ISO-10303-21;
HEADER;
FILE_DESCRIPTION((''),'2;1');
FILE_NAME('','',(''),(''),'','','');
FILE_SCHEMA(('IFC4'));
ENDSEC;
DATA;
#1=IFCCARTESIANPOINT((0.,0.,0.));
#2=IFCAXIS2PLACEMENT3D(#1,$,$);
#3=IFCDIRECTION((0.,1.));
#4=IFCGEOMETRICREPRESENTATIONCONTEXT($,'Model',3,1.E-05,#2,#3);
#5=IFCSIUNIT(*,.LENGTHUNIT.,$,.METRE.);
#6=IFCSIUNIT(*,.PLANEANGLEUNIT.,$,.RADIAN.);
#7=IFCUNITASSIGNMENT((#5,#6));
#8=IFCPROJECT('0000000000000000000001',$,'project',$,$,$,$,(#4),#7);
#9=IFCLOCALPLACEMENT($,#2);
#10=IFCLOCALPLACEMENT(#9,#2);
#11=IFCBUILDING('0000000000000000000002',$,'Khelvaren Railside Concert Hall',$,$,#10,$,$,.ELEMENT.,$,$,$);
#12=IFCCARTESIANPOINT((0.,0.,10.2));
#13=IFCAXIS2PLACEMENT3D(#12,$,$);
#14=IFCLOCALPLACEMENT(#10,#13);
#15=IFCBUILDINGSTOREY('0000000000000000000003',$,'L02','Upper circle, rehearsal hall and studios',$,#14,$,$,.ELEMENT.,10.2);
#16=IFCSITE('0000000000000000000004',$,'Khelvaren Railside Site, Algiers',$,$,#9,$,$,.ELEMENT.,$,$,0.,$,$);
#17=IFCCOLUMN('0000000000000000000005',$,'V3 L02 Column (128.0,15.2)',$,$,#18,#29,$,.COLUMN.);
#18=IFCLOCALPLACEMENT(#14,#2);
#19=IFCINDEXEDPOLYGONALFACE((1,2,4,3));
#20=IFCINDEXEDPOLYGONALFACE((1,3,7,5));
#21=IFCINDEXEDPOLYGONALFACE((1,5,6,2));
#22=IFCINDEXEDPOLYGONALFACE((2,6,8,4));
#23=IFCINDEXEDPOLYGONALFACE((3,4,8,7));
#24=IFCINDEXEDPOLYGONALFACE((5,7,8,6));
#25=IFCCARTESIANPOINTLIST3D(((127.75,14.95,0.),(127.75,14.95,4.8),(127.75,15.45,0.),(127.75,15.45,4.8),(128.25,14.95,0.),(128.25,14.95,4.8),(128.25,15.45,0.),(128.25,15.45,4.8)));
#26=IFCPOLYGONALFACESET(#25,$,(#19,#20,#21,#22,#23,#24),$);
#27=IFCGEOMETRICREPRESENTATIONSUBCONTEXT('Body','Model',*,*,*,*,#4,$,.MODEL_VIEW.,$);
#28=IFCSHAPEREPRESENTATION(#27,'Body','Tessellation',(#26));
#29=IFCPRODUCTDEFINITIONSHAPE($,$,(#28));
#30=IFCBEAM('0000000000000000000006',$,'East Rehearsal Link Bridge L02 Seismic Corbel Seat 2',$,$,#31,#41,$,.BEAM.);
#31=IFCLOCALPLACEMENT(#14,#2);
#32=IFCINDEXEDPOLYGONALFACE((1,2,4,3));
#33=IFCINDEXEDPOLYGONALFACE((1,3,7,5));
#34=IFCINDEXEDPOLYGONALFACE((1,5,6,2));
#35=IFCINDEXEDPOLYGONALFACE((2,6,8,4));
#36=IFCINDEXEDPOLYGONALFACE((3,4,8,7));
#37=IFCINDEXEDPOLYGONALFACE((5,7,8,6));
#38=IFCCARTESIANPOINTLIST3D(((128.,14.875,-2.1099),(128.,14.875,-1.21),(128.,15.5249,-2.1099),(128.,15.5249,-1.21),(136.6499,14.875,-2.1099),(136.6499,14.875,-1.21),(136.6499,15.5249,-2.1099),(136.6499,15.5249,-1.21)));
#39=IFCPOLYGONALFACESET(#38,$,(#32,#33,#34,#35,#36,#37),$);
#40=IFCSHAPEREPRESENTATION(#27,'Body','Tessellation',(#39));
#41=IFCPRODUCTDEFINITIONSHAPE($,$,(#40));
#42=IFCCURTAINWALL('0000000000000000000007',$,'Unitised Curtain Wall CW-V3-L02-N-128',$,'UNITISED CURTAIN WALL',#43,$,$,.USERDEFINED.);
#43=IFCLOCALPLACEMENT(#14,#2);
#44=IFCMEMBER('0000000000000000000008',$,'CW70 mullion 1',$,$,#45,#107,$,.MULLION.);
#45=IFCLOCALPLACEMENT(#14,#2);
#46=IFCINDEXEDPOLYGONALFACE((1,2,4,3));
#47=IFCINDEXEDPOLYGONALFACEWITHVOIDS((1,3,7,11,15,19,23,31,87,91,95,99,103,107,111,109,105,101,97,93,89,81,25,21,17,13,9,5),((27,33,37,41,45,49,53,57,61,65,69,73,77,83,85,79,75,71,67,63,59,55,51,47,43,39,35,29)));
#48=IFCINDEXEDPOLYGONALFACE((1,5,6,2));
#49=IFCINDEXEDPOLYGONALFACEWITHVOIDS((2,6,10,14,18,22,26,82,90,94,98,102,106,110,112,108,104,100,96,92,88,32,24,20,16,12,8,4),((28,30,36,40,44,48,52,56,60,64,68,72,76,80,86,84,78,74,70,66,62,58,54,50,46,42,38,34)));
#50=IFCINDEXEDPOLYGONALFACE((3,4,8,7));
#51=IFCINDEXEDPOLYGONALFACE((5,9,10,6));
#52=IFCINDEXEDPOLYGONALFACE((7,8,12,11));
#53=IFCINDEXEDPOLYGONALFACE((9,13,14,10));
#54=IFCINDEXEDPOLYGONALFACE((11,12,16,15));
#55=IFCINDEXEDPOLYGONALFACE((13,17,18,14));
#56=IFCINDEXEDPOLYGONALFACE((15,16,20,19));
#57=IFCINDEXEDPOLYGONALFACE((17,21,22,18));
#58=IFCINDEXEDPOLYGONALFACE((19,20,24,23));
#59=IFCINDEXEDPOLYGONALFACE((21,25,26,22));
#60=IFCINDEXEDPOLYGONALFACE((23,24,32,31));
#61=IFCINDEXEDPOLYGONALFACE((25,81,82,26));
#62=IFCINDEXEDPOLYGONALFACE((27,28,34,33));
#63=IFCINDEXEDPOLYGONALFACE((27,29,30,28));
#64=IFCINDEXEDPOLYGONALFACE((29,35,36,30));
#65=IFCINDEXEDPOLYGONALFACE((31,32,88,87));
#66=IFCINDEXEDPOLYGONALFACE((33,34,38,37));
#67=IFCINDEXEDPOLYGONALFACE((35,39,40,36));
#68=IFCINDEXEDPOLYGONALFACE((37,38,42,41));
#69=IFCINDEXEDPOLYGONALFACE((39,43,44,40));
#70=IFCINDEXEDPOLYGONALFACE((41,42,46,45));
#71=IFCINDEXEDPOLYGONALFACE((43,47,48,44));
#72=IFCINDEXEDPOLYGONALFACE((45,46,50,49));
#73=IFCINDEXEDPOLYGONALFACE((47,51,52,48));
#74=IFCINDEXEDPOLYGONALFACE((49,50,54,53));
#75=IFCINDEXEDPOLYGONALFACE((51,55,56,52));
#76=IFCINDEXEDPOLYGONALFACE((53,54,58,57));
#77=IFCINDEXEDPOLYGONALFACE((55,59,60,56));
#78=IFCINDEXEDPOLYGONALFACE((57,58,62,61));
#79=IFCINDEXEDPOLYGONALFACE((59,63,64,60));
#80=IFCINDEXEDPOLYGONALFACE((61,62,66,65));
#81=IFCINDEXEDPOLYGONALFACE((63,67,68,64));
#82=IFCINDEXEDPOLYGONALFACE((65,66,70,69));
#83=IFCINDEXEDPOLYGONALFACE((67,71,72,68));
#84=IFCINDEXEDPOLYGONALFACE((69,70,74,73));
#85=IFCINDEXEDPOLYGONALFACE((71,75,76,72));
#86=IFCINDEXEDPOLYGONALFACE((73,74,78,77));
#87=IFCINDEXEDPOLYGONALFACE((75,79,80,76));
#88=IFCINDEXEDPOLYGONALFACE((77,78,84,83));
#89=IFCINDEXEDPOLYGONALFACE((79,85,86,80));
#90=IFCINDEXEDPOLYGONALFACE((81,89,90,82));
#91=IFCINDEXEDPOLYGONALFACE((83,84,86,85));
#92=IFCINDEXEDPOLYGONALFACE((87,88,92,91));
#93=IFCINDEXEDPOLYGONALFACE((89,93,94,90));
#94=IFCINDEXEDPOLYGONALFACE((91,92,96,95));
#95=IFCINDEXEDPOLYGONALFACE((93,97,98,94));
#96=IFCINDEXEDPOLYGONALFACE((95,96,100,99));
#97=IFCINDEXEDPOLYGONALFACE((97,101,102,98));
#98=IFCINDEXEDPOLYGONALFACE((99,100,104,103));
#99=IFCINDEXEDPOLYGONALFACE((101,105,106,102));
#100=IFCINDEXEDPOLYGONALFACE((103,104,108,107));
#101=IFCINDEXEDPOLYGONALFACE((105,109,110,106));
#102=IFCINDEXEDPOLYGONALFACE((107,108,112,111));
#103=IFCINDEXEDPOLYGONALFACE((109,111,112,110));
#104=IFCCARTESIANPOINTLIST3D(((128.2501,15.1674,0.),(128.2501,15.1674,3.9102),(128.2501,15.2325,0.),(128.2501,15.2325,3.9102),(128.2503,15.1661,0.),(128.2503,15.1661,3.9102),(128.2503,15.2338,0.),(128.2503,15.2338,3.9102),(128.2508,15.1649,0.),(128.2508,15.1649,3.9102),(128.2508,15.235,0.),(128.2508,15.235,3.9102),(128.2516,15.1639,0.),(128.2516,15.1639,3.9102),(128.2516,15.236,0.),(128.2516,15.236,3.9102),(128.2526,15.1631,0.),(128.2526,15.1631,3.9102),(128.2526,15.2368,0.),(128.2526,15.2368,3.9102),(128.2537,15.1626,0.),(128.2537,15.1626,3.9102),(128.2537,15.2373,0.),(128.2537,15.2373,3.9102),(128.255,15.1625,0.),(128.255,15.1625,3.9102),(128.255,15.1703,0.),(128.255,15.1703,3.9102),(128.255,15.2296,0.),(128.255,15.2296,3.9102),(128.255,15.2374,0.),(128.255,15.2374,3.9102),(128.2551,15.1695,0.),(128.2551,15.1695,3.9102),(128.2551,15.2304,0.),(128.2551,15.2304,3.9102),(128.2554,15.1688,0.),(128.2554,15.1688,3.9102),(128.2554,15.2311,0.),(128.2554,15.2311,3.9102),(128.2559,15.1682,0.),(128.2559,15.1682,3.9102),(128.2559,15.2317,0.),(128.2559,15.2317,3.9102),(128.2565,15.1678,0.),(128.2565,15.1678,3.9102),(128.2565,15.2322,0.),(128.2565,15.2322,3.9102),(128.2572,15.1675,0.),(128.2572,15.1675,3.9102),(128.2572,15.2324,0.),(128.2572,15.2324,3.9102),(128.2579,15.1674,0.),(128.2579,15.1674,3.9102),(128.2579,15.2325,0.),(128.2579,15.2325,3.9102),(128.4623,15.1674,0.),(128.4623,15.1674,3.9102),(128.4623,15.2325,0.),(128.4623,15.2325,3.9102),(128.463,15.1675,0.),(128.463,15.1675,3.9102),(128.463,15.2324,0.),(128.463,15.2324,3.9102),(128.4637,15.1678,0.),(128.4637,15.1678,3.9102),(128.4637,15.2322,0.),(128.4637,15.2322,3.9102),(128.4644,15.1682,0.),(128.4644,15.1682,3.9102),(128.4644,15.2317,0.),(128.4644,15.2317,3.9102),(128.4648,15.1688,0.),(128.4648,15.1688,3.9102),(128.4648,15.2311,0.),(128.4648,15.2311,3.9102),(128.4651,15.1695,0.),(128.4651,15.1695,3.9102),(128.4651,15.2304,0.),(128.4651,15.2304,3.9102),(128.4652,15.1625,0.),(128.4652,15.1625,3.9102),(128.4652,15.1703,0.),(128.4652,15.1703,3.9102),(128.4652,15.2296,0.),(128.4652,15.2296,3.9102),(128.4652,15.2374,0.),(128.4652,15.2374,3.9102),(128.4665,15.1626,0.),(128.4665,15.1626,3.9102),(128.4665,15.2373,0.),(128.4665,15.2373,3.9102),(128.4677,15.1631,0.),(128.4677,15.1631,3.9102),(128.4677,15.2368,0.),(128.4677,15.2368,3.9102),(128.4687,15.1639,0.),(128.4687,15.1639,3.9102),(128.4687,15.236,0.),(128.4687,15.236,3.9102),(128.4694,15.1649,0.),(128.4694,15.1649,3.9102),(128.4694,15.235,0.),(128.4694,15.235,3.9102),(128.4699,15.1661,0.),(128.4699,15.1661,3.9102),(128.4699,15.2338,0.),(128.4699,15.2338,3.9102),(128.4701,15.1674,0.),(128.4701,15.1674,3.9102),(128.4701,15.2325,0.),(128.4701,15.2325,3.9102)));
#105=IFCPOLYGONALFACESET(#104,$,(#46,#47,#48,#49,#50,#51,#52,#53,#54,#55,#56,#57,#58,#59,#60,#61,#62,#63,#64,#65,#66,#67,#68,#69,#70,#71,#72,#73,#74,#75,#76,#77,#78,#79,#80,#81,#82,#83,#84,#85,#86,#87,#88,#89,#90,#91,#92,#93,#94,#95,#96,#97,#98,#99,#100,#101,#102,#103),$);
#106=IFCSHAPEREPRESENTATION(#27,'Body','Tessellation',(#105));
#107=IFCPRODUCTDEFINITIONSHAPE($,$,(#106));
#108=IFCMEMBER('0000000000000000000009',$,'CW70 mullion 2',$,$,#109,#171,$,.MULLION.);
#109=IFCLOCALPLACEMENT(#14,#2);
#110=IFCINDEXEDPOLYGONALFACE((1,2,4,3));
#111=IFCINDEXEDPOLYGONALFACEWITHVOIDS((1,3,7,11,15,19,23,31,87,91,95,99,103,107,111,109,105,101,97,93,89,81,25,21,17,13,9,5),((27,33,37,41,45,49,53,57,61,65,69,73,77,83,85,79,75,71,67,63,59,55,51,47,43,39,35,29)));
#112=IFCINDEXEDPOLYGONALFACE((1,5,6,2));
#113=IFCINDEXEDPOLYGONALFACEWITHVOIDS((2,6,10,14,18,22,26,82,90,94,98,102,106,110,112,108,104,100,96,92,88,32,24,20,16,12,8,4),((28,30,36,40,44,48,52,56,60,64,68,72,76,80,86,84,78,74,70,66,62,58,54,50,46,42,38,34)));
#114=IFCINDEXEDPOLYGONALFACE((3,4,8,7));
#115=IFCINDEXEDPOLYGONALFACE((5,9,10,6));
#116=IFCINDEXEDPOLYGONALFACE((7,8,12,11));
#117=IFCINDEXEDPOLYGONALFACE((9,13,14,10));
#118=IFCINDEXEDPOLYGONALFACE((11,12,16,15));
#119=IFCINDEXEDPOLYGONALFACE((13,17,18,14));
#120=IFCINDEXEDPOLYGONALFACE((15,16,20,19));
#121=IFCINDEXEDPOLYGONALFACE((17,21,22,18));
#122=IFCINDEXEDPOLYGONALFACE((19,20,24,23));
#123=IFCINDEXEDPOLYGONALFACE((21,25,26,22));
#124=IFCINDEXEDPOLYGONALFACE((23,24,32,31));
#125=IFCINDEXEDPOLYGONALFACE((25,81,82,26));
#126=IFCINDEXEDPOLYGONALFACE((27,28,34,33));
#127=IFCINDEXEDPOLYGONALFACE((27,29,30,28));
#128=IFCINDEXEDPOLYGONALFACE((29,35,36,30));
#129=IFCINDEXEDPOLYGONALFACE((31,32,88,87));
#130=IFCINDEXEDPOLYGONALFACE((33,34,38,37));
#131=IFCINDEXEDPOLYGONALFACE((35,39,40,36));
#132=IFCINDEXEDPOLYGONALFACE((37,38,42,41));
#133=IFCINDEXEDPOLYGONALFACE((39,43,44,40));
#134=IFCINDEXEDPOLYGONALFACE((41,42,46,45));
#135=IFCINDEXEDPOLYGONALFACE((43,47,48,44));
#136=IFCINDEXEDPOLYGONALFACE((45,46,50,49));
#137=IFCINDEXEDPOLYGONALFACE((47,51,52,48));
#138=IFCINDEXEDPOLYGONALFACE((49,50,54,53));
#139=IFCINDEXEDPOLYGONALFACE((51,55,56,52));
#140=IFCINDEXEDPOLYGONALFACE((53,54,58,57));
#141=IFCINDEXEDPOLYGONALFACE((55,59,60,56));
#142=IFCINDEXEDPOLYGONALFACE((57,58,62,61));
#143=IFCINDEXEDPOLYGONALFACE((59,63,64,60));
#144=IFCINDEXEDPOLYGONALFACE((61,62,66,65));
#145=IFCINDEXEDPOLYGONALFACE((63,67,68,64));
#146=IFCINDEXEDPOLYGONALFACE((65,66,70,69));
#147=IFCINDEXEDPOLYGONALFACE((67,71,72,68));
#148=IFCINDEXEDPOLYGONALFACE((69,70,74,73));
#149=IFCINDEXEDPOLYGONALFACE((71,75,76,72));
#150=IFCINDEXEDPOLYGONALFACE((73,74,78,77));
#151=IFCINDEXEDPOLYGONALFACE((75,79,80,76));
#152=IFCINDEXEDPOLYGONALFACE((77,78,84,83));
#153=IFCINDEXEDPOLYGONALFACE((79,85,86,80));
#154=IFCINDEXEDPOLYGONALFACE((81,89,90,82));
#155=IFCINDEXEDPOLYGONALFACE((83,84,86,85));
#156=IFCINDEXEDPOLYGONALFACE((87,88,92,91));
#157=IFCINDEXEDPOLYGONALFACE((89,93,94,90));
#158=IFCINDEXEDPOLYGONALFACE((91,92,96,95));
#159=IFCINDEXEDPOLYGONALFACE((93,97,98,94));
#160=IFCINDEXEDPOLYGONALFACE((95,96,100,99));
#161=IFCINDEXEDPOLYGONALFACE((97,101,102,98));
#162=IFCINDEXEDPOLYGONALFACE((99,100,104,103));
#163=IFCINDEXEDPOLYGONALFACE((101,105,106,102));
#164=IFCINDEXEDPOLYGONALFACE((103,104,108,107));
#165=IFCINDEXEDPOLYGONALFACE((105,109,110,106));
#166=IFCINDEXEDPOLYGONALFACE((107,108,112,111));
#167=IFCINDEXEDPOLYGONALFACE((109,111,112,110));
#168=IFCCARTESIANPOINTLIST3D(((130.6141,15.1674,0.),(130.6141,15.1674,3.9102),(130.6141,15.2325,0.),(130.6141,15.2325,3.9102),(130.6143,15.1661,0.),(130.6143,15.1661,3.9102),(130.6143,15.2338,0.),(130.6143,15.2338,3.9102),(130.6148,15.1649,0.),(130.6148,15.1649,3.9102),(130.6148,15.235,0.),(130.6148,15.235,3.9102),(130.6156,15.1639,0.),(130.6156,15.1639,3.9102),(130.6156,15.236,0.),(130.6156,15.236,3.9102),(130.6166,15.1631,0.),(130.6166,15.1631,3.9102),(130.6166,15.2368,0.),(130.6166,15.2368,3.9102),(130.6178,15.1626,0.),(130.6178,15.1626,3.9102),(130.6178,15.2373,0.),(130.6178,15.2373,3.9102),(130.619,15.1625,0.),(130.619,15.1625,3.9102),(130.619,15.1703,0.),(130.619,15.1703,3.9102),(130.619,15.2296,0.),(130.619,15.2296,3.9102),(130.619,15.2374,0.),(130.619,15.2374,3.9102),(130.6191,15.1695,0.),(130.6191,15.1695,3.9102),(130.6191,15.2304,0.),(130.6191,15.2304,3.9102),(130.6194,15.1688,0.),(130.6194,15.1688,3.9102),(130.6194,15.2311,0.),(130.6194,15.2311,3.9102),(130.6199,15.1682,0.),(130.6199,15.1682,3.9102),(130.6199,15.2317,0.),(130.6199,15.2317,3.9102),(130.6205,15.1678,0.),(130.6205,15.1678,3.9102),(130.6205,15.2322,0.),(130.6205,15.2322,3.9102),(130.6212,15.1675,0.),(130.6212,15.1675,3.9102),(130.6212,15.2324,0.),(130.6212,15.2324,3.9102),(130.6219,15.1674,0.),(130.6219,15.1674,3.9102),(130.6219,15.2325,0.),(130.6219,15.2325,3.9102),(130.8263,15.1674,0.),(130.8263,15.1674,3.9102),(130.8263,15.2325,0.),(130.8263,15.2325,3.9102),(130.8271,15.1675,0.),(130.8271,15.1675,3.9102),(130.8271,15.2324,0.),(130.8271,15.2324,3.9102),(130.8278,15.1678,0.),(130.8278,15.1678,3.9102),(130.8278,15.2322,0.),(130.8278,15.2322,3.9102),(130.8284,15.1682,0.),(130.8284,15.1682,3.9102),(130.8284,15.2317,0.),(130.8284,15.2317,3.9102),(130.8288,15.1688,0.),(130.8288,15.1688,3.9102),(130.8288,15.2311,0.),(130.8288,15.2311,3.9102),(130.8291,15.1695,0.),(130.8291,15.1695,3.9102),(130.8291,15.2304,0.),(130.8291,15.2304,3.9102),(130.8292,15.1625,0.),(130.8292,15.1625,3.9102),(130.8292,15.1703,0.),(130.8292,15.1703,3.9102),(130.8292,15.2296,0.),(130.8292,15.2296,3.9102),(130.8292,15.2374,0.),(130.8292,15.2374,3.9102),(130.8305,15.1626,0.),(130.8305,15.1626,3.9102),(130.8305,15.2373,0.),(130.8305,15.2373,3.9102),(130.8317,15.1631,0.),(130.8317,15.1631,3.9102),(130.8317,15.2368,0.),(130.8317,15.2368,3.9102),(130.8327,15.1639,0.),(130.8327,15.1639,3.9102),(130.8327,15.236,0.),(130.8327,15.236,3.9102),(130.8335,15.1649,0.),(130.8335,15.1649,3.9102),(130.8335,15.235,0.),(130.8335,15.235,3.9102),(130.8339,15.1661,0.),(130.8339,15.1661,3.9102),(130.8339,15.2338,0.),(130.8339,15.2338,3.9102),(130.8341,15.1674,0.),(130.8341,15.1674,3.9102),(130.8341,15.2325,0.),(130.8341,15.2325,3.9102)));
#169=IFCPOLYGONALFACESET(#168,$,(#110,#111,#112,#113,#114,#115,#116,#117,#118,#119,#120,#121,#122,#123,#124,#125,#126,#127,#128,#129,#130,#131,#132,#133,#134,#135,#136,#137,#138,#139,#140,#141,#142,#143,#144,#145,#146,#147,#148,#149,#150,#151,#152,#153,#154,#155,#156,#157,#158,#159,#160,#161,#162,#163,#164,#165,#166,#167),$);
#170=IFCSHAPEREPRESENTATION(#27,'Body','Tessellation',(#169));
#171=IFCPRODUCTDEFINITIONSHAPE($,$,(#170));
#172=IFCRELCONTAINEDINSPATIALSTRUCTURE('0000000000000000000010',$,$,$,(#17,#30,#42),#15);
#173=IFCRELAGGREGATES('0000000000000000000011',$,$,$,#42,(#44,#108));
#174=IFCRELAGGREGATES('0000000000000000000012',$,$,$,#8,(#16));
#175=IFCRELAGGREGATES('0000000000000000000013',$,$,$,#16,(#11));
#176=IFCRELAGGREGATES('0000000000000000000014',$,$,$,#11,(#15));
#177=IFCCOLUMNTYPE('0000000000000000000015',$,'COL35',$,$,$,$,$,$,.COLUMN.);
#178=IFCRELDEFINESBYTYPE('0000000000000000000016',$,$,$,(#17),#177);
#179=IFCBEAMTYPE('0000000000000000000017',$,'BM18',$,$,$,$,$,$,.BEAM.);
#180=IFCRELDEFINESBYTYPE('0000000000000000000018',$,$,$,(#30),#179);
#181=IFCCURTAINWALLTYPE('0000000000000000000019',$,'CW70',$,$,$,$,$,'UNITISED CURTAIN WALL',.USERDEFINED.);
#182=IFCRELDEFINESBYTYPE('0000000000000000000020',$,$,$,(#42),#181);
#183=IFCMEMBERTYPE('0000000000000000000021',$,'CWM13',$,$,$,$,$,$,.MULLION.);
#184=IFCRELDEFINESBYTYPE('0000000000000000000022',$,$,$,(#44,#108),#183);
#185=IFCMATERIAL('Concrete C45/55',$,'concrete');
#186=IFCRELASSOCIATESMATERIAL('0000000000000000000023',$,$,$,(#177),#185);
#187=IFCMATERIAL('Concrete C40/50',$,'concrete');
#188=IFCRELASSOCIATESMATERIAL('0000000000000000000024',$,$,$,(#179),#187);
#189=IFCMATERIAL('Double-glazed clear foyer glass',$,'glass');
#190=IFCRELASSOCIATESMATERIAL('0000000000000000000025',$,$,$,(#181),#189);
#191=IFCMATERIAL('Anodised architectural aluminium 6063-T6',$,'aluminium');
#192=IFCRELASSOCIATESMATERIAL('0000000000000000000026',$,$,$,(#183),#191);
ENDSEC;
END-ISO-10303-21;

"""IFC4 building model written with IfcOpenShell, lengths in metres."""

from ifc_helpers import new_model, si_unit, direction, frame, origin, origin_2d, place, context, subcontext, project, spatial, rectangle, hollow_rectangle, extrude, material, material_profile, profile_set, type_object, element, aggregate, save


model = new_model("IFC4")

# Units and contexts
model_context = context("Model", 3, precision=1e-05, world=origin(), true_north=direction((0.0, 1.0)))
body_context = subcontext(model_context, "Body", "Model", "MODEL_VIEW")
ifc_project = project(units=[si_unit("LENGTHUNIT", "METRE"), si_unit("PLANEANGLEUNIT", "RADIAN")], contexts=[model_context])

# Site, building, storey
site_placement = place(None, origin())
site = spatial("IfcSite", under=ifc_project, at=site_placement, Name="Khelvaren Railside Site, Algiers", CompositionType="ELEMENT", RefElevation=0.0)
building_placement = place(site_placement, origin())
building = spatial("IfcBuilding", under=site, at=building_placement, Name="Khelvaren Railside Concert Hall", CompositionType="ELEMENT")
storey_placement = place(building_placement, frame((0.0, 0.0, 10.2)))
storey = spatial("IfcBuildingStorey", under=building, at=storey_placement, Name="L02", Description="Upper circle, rehearsal hall and studios", CompositionType="ELEMENT", Elevation=10.2)

# Column
ifc_material_1 = material(Name="Concrete C45/55", Category="concrete")
ifc_material_profile_1 = material_profile(ifc_material_1, rectangle(XDim=0.5, YDim=0.5, at=origin_2d()), Name="RC 500x500")
ifc_profile_set_1 = profile_set([ifc_material_profile_1], Name="Concrete C45/55")
column_type = type_object("IfcColumnType", Name="COL35", PredefinedType="COLUMN", material=ifc_profile_set_1)
column_placement = place(storey_placement, frame((128.0, 15.2, 0.0), z_axis=(0.0, 0.0, 1.0), x_axis=(1.0, 0.0, 0.0)))
element("IfcColumn", 1, at=column_placement, inside=storey, type_object=column_type, Name="V3 L02 Column (128.0,15.2)", PredefinedType="COLUMN", context=body_context, shape_type="SweptSolid", body=[
    extrude(rectangle(XDim=0.5, YDim=0.5, at=origin_2d()), origin(), (0.0, 0.0, 1.0), 4.8),
])

# Beam
ifc_material_2 = material(Name="Concrete C40/50", Category="concrete")
ifc_material_profile_2 = material_profile(ifc_material_2, rectangle(XDim=0.6499, YDim=0.8999, at=origin_2d()), Name="RCB 650x900")
ifc_profile_set_2 = profile_set([ifc_material_profile_2], Name="Concrete C40/50")
beam_type_1 = type_object("IfcBeamType", Name="BM18", PredefinedType="BEAM", material=ifc_profile_set_2)
beam_1_placement = place(storey_placement, frame((128.0, 15.2, -1.6599), z_axis=(1.0, 0.0, 0.0), x_axis=(0.0, 1.0, 0.0)))
element("IfcBeam", 2, at=beam_1_placement, inside=storey, type_object=beam_type_1, Name="East Rehearsal Link Bridge L02 Seismic Corbel Seat 2", PredefinedType="BEAM", context=body_context, shape_type="SweptSolid", body=[
    extrude(rectangle(XDim=0.6499, YDim=0.8999, at=origin_2d()), origin(), (0.0, 0.0, 1.0), 8.6499),
])

# Curtain wall, members
ifc_material_3 = material(Name="Double-glazed clear foyer glass", Category="glass")
curtain_wall_type = type_object("IfcCurtainWallType", Name="CW70", ElementType="UNITISED CURTAIN WALL", PredefinedType="USERDEFINED", material=ifc_material_3)
curtain_wall_placement = place(storey_placement, origin())
curtain_wall = element("IfcCurtainWall", 3, at=curtain_wall_placement, inside=storey, type_object=curtain_wall_type, Name="Unitised Curtain Wall CW-V3-L02-N-128", ObjectType="UNITISED CURTAIN WALL", PredefinedType="USERDEFINED")
ifc_material_4 = material(Name="Anodised architectural aluminium 6063-T6", Category="aluminium")
ifc_material_profile_3 = material_profile(ifc_material_4, hollow_rectangle(XDim=0.075, YDim=0.22, WallThickness=0.0049, InnerFilletRadius=0.0029, OuterFilletRadius=0.0049, at=origin_2d()), Name="CWM 75x220x5")
ifc_profile_set_3 = profile_set([ifc_material_profile_3], Name="Anodised architectural aluminium 6063-T6")
member_type_1 = type_object("IfcMemberType", Name="CWM13", PredefinedType="MULLION", material=ifc_profile_set_3)
member_1_placement = place(storey_placement, frame((128.3601, 15.2, 0.0), z_axis=(0.0, 0.0, 1.0), x_axis=(0.0, 1.0, 0.0)))
member_1 = element("IfcMember", 4, at=member_1_placement, type_object=member_type_1, Name="CW70 mullion 1", PredefinedType="MULLION", context=body_context, shape_type="SweptSolid", body=[
    extrude(hollow_rectangle(XDim=0.075, YDim=0.22, WallThickness=0.0049, InnerFilletRadius=0.0029, OuterFilletRadius=0.0049, at=origin_2d()), origin(), (0.0, 0.0, 1.0), 3.9102),
])
member_2_placement = place(storey_placement, frame((130.7241, 15.2, 0.0), z_axis=(0.0, 0.0, 1.0), x_axis=(0.0, 1.0, 0.0)))
member_2 = element("IfcMember", 5, at=member_2_placement, type_object=member_type_1, Name="CW70 mullion 2", PredefinedType="MULLION", context=body_context, shape_type="SweptSolid", body=[
    extrude(hollow_rectangle(XDim=0.075, YDim=0.22, WallThickness=0.0049, InnerFilletRadius=0.0029, OuterFilletRadius=0.0049, at=origin_2d()), origin(), (0.0, 0.0, 1.0), 3.9102),
])

aggregate(curtain_wall, [member_1, member_2])

save(model, "model.ifc")
